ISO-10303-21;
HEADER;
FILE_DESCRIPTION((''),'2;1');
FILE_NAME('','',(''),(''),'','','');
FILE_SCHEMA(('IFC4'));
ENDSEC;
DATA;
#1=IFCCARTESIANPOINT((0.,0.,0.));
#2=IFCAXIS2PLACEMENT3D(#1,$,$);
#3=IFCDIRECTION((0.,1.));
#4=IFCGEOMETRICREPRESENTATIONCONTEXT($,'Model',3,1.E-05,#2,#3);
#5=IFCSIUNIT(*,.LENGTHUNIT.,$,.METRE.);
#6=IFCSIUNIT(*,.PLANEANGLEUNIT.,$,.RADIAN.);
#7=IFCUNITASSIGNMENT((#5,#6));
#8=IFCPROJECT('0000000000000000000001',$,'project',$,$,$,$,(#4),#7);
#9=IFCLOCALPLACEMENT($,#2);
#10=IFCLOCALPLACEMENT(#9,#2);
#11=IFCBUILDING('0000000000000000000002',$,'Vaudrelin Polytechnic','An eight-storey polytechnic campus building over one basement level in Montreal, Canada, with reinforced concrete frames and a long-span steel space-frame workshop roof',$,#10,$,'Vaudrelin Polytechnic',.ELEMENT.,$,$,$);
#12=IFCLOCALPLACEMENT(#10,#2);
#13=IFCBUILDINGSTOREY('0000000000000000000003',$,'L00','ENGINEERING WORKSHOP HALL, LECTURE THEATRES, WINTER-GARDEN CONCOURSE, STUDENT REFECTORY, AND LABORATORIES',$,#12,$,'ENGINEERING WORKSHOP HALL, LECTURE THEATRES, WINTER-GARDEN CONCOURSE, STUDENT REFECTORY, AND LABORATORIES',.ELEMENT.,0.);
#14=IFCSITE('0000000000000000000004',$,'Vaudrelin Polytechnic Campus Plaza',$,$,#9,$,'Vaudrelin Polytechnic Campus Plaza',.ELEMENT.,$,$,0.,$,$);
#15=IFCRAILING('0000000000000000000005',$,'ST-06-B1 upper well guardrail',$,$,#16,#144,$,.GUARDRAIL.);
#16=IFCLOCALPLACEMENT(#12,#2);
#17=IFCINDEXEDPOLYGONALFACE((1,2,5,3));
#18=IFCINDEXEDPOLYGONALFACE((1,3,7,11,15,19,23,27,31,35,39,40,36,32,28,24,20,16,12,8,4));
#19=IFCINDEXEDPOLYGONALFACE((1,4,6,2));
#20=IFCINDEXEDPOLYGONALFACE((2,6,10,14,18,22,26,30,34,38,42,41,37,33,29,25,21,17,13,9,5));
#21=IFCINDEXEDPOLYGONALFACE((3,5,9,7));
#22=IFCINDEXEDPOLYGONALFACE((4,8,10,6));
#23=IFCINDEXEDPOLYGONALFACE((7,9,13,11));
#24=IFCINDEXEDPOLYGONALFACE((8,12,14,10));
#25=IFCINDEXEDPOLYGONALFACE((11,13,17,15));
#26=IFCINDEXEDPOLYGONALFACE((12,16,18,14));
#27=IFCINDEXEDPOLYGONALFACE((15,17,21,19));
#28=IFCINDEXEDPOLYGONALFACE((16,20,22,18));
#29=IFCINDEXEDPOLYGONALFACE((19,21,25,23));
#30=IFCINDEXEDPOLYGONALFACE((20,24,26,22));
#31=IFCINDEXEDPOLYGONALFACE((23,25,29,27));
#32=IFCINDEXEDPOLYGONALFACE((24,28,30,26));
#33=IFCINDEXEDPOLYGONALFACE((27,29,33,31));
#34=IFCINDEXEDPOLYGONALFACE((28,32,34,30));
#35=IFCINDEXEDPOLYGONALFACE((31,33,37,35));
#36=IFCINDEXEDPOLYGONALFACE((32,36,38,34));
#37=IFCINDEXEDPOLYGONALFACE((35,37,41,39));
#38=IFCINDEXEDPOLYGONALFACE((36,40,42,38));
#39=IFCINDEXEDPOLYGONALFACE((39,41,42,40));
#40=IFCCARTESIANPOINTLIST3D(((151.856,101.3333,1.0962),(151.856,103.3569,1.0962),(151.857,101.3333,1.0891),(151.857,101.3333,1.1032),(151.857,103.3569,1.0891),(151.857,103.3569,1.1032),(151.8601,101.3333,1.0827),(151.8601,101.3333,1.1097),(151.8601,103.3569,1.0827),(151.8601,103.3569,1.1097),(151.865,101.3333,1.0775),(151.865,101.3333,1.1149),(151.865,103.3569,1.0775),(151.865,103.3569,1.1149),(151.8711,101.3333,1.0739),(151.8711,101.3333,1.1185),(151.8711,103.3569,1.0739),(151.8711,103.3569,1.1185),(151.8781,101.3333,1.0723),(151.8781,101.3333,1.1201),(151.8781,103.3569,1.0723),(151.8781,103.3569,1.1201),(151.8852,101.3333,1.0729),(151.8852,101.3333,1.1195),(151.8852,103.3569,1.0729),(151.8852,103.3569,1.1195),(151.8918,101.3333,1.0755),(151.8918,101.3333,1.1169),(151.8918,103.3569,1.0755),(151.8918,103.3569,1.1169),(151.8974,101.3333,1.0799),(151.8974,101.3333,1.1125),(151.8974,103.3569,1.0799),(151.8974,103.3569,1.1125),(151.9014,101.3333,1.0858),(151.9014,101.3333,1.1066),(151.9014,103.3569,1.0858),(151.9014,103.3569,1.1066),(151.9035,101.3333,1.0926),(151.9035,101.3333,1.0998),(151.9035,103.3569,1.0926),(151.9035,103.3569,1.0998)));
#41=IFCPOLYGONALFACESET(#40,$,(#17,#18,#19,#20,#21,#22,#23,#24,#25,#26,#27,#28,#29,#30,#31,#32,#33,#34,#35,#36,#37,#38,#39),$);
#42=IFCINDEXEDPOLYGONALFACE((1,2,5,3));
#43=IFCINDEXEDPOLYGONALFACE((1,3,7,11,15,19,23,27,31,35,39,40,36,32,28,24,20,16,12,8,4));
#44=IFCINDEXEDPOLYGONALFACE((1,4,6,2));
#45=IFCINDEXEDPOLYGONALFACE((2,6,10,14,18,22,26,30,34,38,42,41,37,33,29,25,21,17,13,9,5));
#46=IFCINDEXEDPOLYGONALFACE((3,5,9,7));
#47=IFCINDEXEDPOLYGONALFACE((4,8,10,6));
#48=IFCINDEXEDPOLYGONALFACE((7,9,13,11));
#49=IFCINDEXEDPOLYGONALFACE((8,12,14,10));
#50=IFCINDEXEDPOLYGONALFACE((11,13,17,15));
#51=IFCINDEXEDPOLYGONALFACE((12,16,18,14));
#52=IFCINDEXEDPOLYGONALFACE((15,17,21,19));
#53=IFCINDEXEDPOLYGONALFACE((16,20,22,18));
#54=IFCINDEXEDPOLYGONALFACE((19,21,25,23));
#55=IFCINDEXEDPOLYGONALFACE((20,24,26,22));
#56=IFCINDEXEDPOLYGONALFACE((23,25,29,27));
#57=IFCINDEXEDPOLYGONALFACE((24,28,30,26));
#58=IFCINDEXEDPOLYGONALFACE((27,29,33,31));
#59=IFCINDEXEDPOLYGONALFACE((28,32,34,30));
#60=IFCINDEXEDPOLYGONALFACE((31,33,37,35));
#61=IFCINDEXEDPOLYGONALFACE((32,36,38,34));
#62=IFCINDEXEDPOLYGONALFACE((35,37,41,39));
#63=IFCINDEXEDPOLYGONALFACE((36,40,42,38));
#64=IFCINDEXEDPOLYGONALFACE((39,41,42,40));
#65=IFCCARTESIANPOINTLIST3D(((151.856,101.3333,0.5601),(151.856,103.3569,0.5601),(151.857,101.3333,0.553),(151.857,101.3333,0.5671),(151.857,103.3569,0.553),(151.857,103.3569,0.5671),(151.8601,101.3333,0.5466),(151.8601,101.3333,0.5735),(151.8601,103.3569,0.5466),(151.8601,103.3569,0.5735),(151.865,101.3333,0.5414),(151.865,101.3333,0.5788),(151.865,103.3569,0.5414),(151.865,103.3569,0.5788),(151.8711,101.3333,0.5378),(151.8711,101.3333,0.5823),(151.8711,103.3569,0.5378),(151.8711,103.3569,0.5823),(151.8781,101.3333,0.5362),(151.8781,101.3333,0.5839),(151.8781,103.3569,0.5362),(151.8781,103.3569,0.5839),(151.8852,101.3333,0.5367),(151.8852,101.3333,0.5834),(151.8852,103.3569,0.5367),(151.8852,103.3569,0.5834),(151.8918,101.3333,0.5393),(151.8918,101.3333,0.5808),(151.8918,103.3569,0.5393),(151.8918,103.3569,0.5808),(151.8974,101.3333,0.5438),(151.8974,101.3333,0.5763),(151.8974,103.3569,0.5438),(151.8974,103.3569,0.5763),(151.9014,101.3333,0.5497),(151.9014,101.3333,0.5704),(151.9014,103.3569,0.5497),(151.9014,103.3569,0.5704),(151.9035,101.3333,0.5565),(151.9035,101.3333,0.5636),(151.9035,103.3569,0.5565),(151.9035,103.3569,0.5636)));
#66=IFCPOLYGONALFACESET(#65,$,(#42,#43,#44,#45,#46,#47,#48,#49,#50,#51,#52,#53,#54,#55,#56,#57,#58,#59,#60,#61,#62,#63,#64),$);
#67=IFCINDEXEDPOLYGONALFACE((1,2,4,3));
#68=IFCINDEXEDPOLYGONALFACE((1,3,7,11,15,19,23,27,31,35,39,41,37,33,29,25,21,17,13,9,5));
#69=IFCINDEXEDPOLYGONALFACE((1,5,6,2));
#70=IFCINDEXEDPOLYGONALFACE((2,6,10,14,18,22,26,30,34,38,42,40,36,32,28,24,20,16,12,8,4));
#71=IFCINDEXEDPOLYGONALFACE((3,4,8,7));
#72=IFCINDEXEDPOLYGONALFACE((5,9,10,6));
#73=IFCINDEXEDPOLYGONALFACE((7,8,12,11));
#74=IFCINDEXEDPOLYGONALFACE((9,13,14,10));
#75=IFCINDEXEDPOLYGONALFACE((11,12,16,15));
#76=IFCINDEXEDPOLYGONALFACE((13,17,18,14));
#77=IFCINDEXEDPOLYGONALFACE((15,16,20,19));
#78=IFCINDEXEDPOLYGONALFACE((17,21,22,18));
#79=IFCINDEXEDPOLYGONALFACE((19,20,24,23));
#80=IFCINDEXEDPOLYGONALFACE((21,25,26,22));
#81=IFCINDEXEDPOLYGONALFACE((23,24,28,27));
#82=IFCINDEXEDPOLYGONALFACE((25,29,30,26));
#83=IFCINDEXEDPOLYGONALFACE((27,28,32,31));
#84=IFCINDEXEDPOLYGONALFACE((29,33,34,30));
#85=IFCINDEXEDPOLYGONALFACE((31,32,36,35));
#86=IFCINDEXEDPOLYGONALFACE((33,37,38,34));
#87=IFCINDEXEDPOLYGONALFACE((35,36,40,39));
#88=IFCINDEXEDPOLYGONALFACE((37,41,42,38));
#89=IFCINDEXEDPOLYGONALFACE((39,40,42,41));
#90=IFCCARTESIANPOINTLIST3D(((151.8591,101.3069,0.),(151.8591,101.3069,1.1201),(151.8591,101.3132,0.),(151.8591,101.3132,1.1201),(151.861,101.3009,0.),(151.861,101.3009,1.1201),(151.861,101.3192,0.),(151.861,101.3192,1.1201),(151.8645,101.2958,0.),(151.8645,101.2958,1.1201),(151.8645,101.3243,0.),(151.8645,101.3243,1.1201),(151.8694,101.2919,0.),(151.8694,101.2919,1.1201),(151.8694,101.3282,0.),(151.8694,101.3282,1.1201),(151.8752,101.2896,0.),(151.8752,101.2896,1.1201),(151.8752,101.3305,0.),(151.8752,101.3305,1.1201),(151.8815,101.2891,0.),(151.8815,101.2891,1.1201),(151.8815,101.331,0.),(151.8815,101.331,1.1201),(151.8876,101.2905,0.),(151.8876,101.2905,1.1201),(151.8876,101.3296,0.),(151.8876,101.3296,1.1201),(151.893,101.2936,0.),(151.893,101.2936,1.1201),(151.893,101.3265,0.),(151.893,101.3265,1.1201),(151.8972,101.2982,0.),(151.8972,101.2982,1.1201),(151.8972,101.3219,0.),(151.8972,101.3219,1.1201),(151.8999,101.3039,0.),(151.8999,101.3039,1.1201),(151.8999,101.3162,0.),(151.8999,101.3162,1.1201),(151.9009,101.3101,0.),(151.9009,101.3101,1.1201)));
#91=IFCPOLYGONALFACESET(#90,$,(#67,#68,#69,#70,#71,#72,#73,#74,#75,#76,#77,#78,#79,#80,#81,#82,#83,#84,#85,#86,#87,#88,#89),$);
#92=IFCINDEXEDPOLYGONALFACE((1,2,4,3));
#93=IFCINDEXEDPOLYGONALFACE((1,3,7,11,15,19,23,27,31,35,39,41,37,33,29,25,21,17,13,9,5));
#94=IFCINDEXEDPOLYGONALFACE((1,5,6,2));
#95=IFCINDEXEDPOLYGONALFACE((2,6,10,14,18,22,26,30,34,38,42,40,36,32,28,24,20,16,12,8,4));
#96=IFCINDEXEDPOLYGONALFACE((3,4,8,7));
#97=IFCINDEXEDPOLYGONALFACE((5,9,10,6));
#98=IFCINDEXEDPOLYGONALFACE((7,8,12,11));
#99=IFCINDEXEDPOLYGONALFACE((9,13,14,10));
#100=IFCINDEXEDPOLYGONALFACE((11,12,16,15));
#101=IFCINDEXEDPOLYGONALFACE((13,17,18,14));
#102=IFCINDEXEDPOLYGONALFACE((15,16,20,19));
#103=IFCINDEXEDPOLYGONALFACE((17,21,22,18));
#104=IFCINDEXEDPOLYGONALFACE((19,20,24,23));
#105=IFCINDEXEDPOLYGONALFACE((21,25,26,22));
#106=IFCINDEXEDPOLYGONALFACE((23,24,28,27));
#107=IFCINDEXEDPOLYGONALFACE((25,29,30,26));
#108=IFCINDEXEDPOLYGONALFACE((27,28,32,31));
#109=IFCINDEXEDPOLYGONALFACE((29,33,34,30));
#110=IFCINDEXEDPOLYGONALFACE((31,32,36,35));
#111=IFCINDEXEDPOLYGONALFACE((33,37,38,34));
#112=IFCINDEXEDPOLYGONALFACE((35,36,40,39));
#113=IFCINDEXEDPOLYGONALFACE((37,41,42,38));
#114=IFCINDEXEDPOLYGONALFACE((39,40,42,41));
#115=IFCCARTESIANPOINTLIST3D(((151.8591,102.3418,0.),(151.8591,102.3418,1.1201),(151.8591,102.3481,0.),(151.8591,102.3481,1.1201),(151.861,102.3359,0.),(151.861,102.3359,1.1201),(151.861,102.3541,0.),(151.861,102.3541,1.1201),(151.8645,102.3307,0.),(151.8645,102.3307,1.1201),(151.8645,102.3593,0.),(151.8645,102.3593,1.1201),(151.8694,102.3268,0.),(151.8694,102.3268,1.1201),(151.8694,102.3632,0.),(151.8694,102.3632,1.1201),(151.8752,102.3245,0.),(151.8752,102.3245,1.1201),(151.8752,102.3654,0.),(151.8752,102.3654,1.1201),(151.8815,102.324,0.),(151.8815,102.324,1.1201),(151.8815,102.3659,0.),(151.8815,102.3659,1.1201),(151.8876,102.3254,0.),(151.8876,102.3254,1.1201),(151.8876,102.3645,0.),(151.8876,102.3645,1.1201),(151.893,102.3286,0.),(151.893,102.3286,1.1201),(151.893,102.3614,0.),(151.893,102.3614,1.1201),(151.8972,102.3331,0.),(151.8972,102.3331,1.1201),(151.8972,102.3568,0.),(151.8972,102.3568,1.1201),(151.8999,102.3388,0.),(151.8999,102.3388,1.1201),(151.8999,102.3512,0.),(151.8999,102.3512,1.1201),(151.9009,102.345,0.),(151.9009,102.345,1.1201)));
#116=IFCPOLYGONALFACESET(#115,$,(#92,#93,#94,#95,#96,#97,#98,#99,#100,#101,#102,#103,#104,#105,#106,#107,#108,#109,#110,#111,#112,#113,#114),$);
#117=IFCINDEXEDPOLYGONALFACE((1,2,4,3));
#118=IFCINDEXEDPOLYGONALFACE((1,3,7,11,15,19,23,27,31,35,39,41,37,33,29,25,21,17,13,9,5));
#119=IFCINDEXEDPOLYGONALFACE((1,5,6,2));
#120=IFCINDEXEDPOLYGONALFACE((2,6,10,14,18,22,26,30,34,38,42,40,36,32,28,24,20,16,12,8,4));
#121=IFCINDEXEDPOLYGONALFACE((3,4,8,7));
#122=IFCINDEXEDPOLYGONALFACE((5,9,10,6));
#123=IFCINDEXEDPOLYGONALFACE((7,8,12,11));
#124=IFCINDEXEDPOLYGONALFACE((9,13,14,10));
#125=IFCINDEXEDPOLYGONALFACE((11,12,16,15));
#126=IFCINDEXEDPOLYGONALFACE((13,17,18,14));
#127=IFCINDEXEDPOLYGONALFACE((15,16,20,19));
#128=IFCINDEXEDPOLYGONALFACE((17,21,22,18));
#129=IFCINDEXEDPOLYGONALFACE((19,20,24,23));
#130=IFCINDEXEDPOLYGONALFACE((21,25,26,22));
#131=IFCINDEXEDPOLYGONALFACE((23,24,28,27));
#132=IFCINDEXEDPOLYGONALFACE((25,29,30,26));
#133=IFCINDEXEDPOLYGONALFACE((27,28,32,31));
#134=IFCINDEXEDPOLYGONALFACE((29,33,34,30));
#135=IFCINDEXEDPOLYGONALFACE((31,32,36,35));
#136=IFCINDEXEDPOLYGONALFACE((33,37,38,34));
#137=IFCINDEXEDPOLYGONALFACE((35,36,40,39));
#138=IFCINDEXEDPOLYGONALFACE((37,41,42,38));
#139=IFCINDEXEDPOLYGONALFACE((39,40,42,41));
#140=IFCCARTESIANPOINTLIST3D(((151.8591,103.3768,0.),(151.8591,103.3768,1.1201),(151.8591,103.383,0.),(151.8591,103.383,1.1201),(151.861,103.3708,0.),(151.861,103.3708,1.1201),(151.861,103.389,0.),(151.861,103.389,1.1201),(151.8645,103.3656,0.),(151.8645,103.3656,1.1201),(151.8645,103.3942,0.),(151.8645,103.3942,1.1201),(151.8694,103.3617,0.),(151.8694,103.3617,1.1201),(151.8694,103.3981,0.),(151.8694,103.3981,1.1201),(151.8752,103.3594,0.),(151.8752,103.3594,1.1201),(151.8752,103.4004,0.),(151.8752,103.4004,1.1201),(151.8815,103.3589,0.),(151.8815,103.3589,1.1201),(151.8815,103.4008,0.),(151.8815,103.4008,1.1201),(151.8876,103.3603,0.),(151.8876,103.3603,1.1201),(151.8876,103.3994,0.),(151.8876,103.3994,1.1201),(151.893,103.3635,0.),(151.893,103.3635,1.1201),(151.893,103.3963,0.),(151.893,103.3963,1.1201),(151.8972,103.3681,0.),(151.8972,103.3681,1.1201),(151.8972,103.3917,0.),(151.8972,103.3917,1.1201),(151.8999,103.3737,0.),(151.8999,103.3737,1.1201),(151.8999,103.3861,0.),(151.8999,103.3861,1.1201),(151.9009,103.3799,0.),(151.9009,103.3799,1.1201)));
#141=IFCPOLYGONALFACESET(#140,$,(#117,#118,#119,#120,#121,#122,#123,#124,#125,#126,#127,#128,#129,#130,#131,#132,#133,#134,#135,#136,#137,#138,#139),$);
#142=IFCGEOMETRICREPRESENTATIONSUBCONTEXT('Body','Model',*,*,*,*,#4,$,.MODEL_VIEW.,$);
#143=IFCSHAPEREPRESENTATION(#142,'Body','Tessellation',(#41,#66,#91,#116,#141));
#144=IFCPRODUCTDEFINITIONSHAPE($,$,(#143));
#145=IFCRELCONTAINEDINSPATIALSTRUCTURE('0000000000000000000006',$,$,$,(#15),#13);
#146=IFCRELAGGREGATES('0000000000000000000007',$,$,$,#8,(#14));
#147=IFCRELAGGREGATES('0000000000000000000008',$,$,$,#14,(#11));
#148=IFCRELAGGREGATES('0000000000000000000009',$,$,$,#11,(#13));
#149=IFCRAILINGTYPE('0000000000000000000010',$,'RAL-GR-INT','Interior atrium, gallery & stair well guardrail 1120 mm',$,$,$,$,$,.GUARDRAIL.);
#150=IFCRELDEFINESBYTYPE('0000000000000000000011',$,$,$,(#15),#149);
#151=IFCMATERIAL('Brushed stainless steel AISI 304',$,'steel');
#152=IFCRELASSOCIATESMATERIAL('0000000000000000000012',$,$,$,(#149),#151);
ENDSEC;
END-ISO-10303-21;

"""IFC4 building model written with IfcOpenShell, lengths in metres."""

from ifc_helpers import new_model, si_unit, direction, frame, origin, origin_2d, place, context, subcontext, project, spatial, circle, extrude, material, type_object, element, save


model = new_model("IFC4")

# Units and contexts
model_context = context("Model", 3, precision=1e-05, world=origin(), true_north=direction((0.0, 1.0)))
body_context = subcontext(model_context, "Body", "Model", "MODEL_VIEW")
ifc_project = project(units=[si_unit("LENGTHUNIT", "METRE"), si_unit("PLANEANGLEUNIT", "RADIAN")], contexts=[model_context])

# Site, building, storey
site_placement = place(None, origin())
site = spatial("IfcSite", under=ifc_project, at=site_placement, Name="Vaudrelin Polytechnic Campus Plaza", LongName="Vaudrelin Polytechnic Campus Plaza", CompositionType="ELEMENT", RefElevation=0.0)
building_placement = place(site_placement, origin())
building = spatial("IfcBuilding", under=site, at=building_placement, Name="Vaudrelin Polytechnic", Description="An eight-storey polytechnic campus building over one basement level in Montreal, Canada, with reinforced concrete frames and a long-span steel space-frame workshop roof", LongName="Vaudrelin Polytechnic", CompositionType="ELEMENT")
storey_placement = place(building_placement, origin())
storey = spatial("IfcBuildingStorey", under=building, at=storey_placement, Name="L00", Description="ENGINEERING WORKSHOP HALL, LECTURE THEATRES, WINTER-GARDEN CONCOURSE, STUDENT REFECTORY, AND LABORATORIES", LongName="ENGINEERING WORKSHOP HALL, LECTURE THEATRES, WINTER-GARDEN CONCOURSE, STUDENT REFECTORY, AND LABORATORIES", CompositionType="ELEMENT", Elevation=0.0)

# Railing
ifc_material_1 = material(Name="Brushed stainless steel AISI 304", Category="steel")
railing_type_1 = type_object("IfcRailingType", Name="RAL-GR-INT", Description="Interior atrium, gallery & stair well guardrail 1120 mm", PredefinedType="GUARDRAIL", material=ifc_material_1)
railing_1_placement = place(storey_placement, frame((151.8799, 101.3101, 0.0)))
element("IfcRailing", 1, at=railing_1_placement, inside=storey, type_object=railing_type_1, Name="ST-06-B1 upper well guardrail", PredefinedType="GUARDRAIL", context=body_context, shape_type="SweptSolid", body=[
    extrude(circle(Radius=0.0239, at=origin_2d()), frame((0.0, 0.0232, 1.0962), z_axis=(0.0, 1.0, 0.0), x_axis=(-1.0, 0.0, 0.0)), (0.0, 0.0, 1.0), 2.0237),
    extrude(circle(Radius=0.0239, at=origin_2d()), frame((0.0, 0.0232, 0.5601), z_axis=(0.0, 1.0, 0.0), x_axis=(-1.0, 0.0, 0.0)), (0.0, 0.0, 1.0), 2.0237),
    extrude(circle(Radius=0.021, at=origin_2d()), origin(), (0.0, 0.0, 1.0), 1.1201),
    extrude(circle(Radius=0.021, at=origin_2d()), frame((0.0, 1.0349, 0.0)), (0.0, 0.0, 1.0), 1.1201),
    extrude(circle(Radius=0.021, at=origin_2d()), frame((0.0, 2.0698, 0.0)), (0.0, 0.0, 1.0), 1.1201),
])

save(model, "model.ifc")
